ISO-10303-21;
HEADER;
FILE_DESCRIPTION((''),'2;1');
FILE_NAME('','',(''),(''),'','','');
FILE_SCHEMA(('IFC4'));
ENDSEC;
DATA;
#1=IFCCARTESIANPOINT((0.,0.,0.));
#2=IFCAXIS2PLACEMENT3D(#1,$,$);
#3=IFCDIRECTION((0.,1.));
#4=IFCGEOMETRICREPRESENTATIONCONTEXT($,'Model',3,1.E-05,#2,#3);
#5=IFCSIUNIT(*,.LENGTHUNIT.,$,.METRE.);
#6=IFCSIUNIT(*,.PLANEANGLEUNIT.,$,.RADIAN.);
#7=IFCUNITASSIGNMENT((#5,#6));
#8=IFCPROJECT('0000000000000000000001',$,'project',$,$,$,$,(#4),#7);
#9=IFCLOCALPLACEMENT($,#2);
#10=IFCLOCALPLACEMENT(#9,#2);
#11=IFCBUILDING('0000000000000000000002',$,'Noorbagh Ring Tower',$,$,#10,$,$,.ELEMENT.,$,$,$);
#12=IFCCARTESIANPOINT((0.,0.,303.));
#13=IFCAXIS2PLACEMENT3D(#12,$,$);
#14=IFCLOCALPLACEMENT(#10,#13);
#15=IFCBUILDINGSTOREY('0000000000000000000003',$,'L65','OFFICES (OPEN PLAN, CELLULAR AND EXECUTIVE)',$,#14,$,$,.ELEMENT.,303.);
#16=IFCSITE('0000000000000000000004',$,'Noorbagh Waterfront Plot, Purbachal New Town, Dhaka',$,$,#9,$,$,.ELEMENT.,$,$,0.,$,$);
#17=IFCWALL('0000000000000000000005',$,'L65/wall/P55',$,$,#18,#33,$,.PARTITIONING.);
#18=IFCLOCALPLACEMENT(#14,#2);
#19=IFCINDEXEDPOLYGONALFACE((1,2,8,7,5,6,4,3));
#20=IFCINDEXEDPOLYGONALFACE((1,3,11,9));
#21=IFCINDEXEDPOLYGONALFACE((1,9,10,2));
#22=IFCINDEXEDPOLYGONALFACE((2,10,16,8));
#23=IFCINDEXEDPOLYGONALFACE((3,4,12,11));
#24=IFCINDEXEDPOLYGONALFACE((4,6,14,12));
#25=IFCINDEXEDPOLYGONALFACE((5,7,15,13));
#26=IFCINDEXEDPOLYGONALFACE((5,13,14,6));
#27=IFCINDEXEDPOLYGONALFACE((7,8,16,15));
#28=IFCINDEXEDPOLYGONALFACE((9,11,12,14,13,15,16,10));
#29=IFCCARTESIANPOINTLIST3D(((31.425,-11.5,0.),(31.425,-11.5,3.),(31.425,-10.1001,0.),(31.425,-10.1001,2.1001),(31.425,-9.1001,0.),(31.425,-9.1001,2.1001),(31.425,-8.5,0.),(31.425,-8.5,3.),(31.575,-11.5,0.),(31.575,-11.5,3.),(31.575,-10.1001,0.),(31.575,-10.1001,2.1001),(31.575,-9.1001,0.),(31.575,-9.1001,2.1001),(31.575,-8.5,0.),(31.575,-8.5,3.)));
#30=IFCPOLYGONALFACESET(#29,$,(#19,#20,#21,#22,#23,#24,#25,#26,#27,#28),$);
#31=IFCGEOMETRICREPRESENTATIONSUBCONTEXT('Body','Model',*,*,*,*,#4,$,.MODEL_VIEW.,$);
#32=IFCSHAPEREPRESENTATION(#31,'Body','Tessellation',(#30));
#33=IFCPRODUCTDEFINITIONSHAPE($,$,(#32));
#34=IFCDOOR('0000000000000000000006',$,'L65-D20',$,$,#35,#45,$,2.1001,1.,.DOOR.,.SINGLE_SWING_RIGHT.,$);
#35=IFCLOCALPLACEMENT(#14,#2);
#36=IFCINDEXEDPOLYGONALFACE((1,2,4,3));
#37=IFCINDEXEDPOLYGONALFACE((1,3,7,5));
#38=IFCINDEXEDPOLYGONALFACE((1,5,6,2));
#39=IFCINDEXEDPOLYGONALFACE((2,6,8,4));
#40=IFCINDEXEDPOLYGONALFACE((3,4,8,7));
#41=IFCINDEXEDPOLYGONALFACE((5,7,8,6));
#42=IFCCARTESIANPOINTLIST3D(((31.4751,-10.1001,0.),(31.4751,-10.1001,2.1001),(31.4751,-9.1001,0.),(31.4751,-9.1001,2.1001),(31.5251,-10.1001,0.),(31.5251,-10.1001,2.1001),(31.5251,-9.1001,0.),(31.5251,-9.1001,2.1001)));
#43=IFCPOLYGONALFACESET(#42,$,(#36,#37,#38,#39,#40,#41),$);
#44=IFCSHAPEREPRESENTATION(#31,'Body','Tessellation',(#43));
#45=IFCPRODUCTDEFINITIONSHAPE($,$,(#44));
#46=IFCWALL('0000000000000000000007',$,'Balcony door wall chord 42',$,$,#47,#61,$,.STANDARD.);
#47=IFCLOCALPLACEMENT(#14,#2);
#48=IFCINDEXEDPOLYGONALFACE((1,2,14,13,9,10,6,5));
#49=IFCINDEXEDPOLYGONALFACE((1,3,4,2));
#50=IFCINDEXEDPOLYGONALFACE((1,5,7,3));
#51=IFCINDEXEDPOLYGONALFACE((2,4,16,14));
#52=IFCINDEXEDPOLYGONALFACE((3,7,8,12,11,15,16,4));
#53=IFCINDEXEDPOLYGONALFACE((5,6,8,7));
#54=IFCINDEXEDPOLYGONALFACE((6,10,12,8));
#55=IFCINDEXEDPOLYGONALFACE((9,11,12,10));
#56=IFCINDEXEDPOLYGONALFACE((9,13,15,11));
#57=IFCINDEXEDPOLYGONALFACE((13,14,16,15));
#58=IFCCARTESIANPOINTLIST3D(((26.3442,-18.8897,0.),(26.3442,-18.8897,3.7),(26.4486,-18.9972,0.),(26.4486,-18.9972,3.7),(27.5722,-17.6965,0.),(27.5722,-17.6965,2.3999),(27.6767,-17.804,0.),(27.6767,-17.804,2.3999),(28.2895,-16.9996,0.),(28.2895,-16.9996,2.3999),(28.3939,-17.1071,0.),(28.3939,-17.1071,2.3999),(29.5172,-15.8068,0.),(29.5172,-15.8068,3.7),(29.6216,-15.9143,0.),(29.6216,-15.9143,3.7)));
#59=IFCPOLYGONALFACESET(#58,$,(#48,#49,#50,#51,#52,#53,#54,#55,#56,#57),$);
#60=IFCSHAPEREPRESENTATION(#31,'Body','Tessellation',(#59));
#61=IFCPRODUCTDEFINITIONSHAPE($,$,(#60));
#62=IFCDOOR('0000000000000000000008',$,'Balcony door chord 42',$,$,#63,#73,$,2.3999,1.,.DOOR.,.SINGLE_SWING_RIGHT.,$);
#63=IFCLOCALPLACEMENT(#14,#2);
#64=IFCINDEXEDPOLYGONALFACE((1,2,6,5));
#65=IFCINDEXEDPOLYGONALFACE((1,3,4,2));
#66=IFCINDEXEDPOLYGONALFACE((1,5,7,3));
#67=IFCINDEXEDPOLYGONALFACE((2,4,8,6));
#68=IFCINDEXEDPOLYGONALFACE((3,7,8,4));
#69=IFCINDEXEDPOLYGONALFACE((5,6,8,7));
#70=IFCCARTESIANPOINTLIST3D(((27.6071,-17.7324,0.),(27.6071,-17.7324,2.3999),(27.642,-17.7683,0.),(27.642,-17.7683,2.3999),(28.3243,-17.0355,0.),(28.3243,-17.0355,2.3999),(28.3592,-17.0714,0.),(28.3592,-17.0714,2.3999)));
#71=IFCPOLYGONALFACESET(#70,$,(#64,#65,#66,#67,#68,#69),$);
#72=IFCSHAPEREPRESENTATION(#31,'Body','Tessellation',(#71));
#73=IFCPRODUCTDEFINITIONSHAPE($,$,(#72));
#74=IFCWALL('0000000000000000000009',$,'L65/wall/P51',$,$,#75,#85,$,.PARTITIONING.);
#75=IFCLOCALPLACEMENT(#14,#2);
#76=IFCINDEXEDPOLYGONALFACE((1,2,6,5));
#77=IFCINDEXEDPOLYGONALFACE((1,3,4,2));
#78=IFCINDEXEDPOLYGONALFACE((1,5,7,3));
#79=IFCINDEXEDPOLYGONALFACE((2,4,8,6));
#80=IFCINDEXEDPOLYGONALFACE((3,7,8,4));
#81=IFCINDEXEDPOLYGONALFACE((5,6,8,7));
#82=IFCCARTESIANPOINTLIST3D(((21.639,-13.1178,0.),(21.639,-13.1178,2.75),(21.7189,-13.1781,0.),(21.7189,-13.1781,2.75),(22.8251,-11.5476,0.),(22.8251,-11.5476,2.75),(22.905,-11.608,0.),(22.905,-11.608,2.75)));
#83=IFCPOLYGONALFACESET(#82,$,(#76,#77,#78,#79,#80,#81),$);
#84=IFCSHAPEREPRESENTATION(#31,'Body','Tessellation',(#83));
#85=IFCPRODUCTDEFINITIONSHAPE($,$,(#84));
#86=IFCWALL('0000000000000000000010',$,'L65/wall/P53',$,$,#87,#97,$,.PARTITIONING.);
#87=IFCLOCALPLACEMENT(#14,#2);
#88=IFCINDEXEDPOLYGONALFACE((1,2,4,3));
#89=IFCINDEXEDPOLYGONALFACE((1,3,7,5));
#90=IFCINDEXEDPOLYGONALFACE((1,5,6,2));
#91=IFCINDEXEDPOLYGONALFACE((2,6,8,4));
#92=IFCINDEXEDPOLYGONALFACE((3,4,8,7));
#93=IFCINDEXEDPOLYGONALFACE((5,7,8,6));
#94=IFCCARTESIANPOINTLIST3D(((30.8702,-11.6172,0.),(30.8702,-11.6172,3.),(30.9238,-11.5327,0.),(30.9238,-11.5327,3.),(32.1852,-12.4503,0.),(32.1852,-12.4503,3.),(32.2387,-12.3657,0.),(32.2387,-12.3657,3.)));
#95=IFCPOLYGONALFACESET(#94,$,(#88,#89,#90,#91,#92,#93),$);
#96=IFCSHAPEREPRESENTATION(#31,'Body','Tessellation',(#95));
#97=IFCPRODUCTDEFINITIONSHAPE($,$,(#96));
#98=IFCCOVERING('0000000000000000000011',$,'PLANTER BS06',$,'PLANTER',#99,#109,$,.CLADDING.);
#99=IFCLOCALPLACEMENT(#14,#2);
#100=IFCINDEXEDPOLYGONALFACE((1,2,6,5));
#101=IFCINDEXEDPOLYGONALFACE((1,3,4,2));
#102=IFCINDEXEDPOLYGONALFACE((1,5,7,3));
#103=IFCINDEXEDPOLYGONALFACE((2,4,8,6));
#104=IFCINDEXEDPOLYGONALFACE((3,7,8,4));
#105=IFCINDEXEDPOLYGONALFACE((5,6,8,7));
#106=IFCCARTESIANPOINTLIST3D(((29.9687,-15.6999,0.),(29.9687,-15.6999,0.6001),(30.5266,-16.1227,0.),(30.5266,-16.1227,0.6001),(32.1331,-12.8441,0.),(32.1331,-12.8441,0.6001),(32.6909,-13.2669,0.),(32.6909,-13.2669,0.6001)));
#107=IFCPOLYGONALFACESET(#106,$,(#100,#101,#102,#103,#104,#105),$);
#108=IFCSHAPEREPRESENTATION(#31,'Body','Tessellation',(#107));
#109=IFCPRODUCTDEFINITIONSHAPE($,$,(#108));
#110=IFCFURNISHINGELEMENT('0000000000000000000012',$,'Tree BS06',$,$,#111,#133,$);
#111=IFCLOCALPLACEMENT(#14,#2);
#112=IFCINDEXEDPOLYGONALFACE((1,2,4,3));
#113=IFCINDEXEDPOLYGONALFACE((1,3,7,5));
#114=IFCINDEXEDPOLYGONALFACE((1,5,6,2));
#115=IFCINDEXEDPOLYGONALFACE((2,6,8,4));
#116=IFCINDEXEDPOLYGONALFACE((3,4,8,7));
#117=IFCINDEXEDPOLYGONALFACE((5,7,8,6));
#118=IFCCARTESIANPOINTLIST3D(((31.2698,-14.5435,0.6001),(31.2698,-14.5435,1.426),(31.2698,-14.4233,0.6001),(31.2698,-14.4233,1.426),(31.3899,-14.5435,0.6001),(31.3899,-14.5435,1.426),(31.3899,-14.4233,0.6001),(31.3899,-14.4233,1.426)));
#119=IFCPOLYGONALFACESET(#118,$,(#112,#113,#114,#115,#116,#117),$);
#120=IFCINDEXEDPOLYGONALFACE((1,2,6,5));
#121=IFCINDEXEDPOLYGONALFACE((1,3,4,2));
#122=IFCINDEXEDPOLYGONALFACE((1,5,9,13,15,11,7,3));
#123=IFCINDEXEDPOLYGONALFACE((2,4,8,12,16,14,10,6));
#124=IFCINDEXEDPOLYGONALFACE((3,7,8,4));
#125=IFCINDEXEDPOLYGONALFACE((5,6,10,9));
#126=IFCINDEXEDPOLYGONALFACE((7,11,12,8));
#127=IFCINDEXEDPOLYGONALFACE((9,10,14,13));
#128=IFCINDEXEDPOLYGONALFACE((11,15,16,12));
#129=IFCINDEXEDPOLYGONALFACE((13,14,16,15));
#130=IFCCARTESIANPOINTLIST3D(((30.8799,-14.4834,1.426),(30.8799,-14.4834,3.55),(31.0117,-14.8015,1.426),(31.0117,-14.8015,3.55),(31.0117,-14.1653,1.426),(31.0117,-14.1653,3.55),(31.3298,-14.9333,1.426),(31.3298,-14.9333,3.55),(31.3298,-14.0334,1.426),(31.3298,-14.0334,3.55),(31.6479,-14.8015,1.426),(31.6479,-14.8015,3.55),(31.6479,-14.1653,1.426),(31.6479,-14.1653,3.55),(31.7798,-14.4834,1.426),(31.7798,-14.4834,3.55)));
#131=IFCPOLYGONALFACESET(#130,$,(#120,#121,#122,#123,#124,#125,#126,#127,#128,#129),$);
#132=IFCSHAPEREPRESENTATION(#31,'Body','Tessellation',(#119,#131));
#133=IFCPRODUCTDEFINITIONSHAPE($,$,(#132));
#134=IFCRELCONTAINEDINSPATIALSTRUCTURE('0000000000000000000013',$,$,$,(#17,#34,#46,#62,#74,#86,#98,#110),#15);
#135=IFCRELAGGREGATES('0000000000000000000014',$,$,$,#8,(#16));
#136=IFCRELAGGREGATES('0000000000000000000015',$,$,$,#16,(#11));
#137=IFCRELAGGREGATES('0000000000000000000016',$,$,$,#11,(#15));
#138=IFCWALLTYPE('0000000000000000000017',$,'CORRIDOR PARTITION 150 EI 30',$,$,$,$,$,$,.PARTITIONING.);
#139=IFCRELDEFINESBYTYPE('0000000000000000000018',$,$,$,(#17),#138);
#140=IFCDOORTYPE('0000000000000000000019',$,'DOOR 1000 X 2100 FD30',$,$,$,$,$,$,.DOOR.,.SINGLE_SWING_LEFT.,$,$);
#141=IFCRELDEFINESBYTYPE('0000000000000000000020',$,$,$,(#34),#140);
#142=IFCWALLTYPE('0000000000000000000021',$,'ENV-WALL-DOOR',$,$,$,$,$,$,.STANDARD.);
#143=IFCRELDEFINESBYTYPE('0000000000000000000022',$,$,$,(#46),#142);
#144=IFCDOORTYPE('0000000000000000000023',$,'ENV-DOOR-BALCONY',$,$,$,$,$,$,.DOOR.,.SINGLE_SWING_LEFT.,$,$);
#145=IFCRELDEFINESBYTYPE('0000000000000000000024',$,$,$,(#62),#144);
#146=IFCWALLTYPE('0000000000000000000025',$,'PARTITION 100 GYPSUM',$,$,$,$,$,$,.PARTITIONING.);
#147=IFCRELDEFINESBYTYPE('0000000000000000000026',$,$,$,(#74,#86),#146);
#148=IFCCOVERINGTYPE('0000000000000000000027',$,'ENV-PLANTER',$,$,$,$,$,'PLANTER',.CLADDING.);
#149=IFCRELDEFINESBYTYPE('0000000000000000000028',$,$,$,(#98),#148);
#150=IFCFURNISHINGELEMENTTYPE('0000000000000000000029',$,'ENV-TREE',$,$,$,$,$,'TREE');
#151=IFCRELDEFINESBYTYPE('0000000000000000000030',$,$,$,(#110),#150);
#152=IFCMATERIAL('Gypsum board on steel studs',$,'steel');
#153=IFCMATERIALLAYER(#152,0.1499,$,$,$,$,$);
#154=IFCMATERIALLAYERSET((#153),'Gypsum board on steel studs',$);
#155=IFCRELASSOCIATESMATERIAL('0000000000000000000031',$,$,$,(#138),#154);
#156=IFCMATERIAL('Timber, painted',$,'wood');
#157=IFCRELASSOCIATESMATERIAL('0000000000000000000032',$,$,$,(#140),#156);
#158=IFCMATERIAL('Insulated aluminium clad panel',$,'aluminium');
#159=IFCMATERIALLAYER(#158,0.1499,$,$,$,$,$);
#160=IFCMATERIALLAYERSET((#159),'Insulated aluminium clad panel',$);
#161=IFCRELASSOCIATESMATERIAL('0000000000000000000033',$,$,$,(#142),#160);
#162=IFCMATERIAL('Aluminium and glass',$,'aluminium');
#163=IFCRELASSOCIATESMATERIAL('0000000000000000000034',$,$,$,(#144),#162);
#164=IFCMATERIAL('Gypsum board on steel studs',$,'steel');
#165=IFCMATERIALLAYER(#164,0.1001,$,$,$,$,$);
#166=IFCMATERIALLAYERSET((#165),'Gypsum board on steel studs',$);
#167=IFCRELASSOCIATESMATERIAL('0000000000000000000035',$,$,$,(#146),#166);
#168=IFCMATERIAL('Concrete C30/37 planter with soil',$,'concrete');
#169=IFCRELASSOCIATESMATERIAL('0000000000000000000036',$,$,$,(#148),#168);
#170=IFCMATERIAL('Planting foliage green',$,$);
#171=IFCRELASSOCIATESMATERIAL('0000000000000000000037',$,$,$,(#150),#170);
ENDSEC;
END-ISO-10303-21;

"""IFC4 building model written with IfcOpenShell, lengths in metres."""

from ifc_helpers import new_model, si_unit, direction, frame, frame_2d, origin, origin_2d, place, context, subcontext, project, spatial, polyline, rectangle, outline, extrude, material, layer, layer_set, type_object, element, fill, save


model = new_model("IFC4")

# Units and contexts
model_context = context("Model", 3, precision=1e-05, world=origin(), true_north=direction((0.0, 1.0)))
body_context = subcontext(model_context, "Body", "Model", "MODEL_VIEW")
ifc_project = project(units=[si_unit("LENGTHUNIT", "METRE"), si_unit("PLANEANGLEUNIT", "RADIAN")], contexts=[model_context])

# Site, building, storey
site_placement = place(None, origin())
site = spatial("IfcSite", under=ifc_project, at=site_placement, Name="Noorbagh Waterfront Plot, Purbachal New Town, Dhaka", CompositionType="ELEMENT", RefElevation=0.0)
building_placement = place(site_placement, origin())
building = spatial("IfcBuilding", under=site, at=building_placement, Name="Noorbagh Ring Tower", CompositionType="ELEMENT")
storey_placement = place(building_placement, frame((0.0, 0.0, 303.0)))
storey = spatial("IfcBuildingStorey", under=building, at=storey_placement, Name="L65", Description="OFFICES (OPEN PLAN, CELLULAR AND EXECUTIVE)", CompositionType="ELEMENT", Elevation=303.0)

# Walls, openings, doors
ifc_material_1 = material(Name="Gypsum board on steel studs", Category="steel")
ifc_layer_1 = layer(ifc_material_1, 0.1499)
ifc_layer_set_1 = layer_set([ifc_layer_1], Name="Gypsum board on steel studs")
wall_type_1 = type_object("IfcWallType", Name="CORRIDOR PARTITION 150 EI 30", PredefinedType="PARTITIONING", material=ifc_layer_set_1)
wall_1_placement = place(storey_placement, frame((31.5, -11.5, 0.0), z_axis=(0.0, 0.0, 1.0), x_axis=(0.0, 1.0, 0.0)))
wall_1 = element("IfcWall", 1, at=wall_1_placement, inside=storey, type_object=wall_type_1, Name="L65/wall/P55", PredefinedType="PARTITIONING", context=body_context, shape_type="SweptSolid", body=[
    extrude(rectangle(XDim=3.0, YDim=0.1499, at=frame_2d((1.5, 0.0))), origin(), (0.0, 0.0, 1.0), 3.0),
])
opening_1_placement = place(wall_1_placement, frame((1.3999, 0.0, 0.0)))
opening_1 = element("IfcOpeningElement", 2, at=opening_1_placement, cuts=wall_1, PredefinedType="OPENING", context=body_context, shape_type="SweptSolid", body=[
    extrude(rectangle(XDim=1.0, YDim=2.1001, at=frame_2d((0.5, 1.05))), frame((0.0, 0.085, 0.0), z_axis=(0.0, -1.0, 0.0), x_axis=(1.0, 0.0, 0.0)), (0.0, 0.0, 1.0), 0.1699),
])
ifc_material_2 = material(Name="Timber, painted", Category="wood")
door_type_1 = type_object("IfcDoorType", Name="DOOR 1000 X 2100 FD30", OperationType="SINGLE_SWING_LEFT", PredefinedType="DOOR", material=ifc_material_2)
door_1_placement = place(opening_1_placement, origin())
door_1 = element("IfcDoor", 3, at=door_1_placement, inside=storey, type_object=door_type_1, Name="L65-D20", OperationType="SINGLE_SWING_RIGHT", OverallHeight=2.1001, OverallWidth=1.0, PredefinedType="DOOR", context=body_context, shape_type="SweptSolid", body=[
    extrude(rectangle(XDim=1.0, YDim=2.1001, at=frame_2d((0.5, 1.05))), frame((0.0, 0.0249, 0.0), z_axis=(0.0, -1.0, 0.0), x_axis=(1.0, 0.0, 0.0)), (0.0, 0.0, 1.0), 0.05),
])
fill(opening_1, door_1)
ifc_material_3 = material(Name="Insulated aluminium clad panel", Category="aluminium")
ifc_layer_2 = layer(ifc_material_3, 0.1499)
ifc_layer_set_2 = layer_set([ifc_layer_2], Name="Insulated aluminium clad panel")
wall_type_2 = type_object("IfcWallType", Name="ENV-WALL-DOOR", PredefinedType="STANDARD", material=ifc_layer_set_2)
wall_2_placement = place(storey_placement, frame((26.3965, -18.9434, 0.0), z_axis=(0.0, 0.0, 1.0), x_axis=(0.717215, 0.696852, 0.0)))
wall_2 = element("IfcWall", 4, at=wall_2_placement, inside=storey, type_object=wall_type_2, Name="Balcony door wall chord 42", PredefinedType="STANDARD", context=body_context, shape_type="SweptSolid", body=[
    extrude(rectangle(XDim=4.4241, YDim=0.1499, at=frame_2d((2.2119, 0.0))), origin(), (0.0, 0.0, 1.0), 3.7),
])
opening_2_placement = place(wall_2_placement, frame((1.7122, 0.0, 0.0)))
opening_2 = element("IfcOpeningElement", 5, at=opening_2_placement, cuts=wall_2, PredefinedType="OPENING", context=body_context, shape_type="SweptSolid", body=[
    extrude(rectangle(XDim=1.0, YDim=2.3999, at=frame_2d((0.5, 1.2))), frame((0.0, 0.085, 0.0), z_axis=(0.0, -1.0, 0.0), x_axis=(1.0, 0.0, 0.0)), (0.0, 0.0, 1.0), 0.1699),
])
ifc_material_4 = material(Name="Aluminium and glass", Category="aluminium")
door_type_2 = type_object("IfcDoorType", Name="ENV-DOOR-BALCONY", OperationType="SINGLE_SWING_LEFT", PredefinedType="DOOR", material=ifc_material_4)
door_2_placement = place(opening_2_placement, origin())
door_2 = element("IfcDoor", 6, at=door_2_placement, inside=storey, type_object=door_type_2, Name="Balcony door chord 42", OperationType="SINGLE_SWING_RIGHT", OverallHeight=2.3999, OverallWidth=1.0, PredefinedType="DOOR", context=body_context, shape_type="SweptSolid", body=[
    extrude(rectangle(XDim=1.0, YDim=2.3999, at=frame_2d((0.5, 1.2))), frame((0.0, 0.0249, 0.0), z_axis=(0.0, -1.0, 0.0), x_axis=(1.0, 0.0, 0.0)), (0.0, 0.0, 1.0), 0.05),
])
fill(opening_2, door_2)

# Walls
ifc_material_5 = material(Name="Gypsum board on steel studs", Category="steel")
ifc_layer_3 = layer(ifc_material_5, 0.1001)
ifc_layer_set_3 = layer_set([ifc_layer_3], Name="Gypsum board on steel studs")
wall_type_3 = type_object("IfcWallType", Name="PARTITION 100 GYPSUM", PredefinedType="PARTITIONING", material=ifc_layer_set_3)
wall_3_placement = place(storey_placement, frame((21.679, -13.1479, 0.0), z_axis=(0.0, 0.0, 1.0), x_axis=(0.602756, 0.797926, 0.0)))
element("IfcWall", 7, at=wall_3_placement, inside=storey, type_object=wall_type_3, Name="L65/wall/P51", PredefinedType="PARTITIONING", context=body_context, shape_type="SweptSolid", body=[
    extrude(rectangle(XDim=1.9678, YDim=0.1001, at=frame_2d((0.9839, 0.0))), origin(), (0.0, 0.0, 1.0), 2.75),
])
wall_4_placement = place(storey_placement, frame((30.897, -11.575, 0.0), z_axis=(0.0, 0.0, 1.0), x_axis=(0.844758, -0.535149, 0.0)))
element("IfcWall", 8, at=wall_4_placement, inside=storey, type_object=wall_type_3, Name="L65/wall/P53", PredefinedType="PARTITIONING", context=body_context, shape_type="SweptSolid", body=[
    extrude(rectangle(XDim=1.5566, YDim=0.1001, at=frame_2d((0.7783, 0.0))), origin(), (0.0, 0.0, 1.0), 3.0),
])

# Covering
ifc_material_6 = material(Name="Concrete C30/37 planter with soil", Category="concrete")
covering_type = type_object("IfcCoveringType", Name="ENV-PLANTER", ElementType="PLANTER", PredefinedType="CLADDING", material=ifc_material_6)
covering_placement = place(storey_placement, frame((31.3298, -14.4834, 0.0), z_axis=(0.0, 0.0, 1.0), x_axis=(0.60402, 0.796969, 0.0)))
element("IfcCovering", 9, at=covering_placement, inside=storey, type_object=covering_type, Name="PLANTER BS06", ObjectType="PLANTER", PredefinedType="CLADDING", context=body_context, shape_type="SweptSolid", body=[
    extrude(rectangle(XDim=3.5833, YDim=0.7, at=origin_2d()), origin(), (0.0, 0.0, 1.0), 0.6001),
])

# Furnishing element
ifc_material_7 = material(Name="Planting foliage green")
furnishing_element_type = type_object("IfcFurnishingElementType", Name="ENV-TREE", ElementType="TREE", material=ifc_material_7)
furnishing_placement = place(storey_placement, frame((31.3298, -14.4834, 0.6001), z_axis=(0.0, 0.0, 1.0), x_axis=(1.0, 0.0, 0.0)))
element("IfcFurnishingElement", 10, at=furnishing_placement, inside=storey, type_object=furnishing_element_type, Name="Tree BS06", context=body_context, shape_type="SweptSolid", body=[
    extrude(rectangle(XDim=0.1201, YDim=0.1201, at=origin_2d()), origin(), (0.0, 0.0, 1.0), 0.8259),
    extrude(outline(polyline([(0.45, 0.0), (0.3181, 0.3181), (0.0, 0.45), (-0.3181, 0.3181), (-0.45, 0.0), (-0.3181, -0.3181), (0.0, -0.45), (0.3181, -0.3181), (0.45, 0.0)])), frame((0.0, 0.0, 0.8259)), (0.0, 0.0, 1.0), 2.124),
])

save(model, "model.ifc")
